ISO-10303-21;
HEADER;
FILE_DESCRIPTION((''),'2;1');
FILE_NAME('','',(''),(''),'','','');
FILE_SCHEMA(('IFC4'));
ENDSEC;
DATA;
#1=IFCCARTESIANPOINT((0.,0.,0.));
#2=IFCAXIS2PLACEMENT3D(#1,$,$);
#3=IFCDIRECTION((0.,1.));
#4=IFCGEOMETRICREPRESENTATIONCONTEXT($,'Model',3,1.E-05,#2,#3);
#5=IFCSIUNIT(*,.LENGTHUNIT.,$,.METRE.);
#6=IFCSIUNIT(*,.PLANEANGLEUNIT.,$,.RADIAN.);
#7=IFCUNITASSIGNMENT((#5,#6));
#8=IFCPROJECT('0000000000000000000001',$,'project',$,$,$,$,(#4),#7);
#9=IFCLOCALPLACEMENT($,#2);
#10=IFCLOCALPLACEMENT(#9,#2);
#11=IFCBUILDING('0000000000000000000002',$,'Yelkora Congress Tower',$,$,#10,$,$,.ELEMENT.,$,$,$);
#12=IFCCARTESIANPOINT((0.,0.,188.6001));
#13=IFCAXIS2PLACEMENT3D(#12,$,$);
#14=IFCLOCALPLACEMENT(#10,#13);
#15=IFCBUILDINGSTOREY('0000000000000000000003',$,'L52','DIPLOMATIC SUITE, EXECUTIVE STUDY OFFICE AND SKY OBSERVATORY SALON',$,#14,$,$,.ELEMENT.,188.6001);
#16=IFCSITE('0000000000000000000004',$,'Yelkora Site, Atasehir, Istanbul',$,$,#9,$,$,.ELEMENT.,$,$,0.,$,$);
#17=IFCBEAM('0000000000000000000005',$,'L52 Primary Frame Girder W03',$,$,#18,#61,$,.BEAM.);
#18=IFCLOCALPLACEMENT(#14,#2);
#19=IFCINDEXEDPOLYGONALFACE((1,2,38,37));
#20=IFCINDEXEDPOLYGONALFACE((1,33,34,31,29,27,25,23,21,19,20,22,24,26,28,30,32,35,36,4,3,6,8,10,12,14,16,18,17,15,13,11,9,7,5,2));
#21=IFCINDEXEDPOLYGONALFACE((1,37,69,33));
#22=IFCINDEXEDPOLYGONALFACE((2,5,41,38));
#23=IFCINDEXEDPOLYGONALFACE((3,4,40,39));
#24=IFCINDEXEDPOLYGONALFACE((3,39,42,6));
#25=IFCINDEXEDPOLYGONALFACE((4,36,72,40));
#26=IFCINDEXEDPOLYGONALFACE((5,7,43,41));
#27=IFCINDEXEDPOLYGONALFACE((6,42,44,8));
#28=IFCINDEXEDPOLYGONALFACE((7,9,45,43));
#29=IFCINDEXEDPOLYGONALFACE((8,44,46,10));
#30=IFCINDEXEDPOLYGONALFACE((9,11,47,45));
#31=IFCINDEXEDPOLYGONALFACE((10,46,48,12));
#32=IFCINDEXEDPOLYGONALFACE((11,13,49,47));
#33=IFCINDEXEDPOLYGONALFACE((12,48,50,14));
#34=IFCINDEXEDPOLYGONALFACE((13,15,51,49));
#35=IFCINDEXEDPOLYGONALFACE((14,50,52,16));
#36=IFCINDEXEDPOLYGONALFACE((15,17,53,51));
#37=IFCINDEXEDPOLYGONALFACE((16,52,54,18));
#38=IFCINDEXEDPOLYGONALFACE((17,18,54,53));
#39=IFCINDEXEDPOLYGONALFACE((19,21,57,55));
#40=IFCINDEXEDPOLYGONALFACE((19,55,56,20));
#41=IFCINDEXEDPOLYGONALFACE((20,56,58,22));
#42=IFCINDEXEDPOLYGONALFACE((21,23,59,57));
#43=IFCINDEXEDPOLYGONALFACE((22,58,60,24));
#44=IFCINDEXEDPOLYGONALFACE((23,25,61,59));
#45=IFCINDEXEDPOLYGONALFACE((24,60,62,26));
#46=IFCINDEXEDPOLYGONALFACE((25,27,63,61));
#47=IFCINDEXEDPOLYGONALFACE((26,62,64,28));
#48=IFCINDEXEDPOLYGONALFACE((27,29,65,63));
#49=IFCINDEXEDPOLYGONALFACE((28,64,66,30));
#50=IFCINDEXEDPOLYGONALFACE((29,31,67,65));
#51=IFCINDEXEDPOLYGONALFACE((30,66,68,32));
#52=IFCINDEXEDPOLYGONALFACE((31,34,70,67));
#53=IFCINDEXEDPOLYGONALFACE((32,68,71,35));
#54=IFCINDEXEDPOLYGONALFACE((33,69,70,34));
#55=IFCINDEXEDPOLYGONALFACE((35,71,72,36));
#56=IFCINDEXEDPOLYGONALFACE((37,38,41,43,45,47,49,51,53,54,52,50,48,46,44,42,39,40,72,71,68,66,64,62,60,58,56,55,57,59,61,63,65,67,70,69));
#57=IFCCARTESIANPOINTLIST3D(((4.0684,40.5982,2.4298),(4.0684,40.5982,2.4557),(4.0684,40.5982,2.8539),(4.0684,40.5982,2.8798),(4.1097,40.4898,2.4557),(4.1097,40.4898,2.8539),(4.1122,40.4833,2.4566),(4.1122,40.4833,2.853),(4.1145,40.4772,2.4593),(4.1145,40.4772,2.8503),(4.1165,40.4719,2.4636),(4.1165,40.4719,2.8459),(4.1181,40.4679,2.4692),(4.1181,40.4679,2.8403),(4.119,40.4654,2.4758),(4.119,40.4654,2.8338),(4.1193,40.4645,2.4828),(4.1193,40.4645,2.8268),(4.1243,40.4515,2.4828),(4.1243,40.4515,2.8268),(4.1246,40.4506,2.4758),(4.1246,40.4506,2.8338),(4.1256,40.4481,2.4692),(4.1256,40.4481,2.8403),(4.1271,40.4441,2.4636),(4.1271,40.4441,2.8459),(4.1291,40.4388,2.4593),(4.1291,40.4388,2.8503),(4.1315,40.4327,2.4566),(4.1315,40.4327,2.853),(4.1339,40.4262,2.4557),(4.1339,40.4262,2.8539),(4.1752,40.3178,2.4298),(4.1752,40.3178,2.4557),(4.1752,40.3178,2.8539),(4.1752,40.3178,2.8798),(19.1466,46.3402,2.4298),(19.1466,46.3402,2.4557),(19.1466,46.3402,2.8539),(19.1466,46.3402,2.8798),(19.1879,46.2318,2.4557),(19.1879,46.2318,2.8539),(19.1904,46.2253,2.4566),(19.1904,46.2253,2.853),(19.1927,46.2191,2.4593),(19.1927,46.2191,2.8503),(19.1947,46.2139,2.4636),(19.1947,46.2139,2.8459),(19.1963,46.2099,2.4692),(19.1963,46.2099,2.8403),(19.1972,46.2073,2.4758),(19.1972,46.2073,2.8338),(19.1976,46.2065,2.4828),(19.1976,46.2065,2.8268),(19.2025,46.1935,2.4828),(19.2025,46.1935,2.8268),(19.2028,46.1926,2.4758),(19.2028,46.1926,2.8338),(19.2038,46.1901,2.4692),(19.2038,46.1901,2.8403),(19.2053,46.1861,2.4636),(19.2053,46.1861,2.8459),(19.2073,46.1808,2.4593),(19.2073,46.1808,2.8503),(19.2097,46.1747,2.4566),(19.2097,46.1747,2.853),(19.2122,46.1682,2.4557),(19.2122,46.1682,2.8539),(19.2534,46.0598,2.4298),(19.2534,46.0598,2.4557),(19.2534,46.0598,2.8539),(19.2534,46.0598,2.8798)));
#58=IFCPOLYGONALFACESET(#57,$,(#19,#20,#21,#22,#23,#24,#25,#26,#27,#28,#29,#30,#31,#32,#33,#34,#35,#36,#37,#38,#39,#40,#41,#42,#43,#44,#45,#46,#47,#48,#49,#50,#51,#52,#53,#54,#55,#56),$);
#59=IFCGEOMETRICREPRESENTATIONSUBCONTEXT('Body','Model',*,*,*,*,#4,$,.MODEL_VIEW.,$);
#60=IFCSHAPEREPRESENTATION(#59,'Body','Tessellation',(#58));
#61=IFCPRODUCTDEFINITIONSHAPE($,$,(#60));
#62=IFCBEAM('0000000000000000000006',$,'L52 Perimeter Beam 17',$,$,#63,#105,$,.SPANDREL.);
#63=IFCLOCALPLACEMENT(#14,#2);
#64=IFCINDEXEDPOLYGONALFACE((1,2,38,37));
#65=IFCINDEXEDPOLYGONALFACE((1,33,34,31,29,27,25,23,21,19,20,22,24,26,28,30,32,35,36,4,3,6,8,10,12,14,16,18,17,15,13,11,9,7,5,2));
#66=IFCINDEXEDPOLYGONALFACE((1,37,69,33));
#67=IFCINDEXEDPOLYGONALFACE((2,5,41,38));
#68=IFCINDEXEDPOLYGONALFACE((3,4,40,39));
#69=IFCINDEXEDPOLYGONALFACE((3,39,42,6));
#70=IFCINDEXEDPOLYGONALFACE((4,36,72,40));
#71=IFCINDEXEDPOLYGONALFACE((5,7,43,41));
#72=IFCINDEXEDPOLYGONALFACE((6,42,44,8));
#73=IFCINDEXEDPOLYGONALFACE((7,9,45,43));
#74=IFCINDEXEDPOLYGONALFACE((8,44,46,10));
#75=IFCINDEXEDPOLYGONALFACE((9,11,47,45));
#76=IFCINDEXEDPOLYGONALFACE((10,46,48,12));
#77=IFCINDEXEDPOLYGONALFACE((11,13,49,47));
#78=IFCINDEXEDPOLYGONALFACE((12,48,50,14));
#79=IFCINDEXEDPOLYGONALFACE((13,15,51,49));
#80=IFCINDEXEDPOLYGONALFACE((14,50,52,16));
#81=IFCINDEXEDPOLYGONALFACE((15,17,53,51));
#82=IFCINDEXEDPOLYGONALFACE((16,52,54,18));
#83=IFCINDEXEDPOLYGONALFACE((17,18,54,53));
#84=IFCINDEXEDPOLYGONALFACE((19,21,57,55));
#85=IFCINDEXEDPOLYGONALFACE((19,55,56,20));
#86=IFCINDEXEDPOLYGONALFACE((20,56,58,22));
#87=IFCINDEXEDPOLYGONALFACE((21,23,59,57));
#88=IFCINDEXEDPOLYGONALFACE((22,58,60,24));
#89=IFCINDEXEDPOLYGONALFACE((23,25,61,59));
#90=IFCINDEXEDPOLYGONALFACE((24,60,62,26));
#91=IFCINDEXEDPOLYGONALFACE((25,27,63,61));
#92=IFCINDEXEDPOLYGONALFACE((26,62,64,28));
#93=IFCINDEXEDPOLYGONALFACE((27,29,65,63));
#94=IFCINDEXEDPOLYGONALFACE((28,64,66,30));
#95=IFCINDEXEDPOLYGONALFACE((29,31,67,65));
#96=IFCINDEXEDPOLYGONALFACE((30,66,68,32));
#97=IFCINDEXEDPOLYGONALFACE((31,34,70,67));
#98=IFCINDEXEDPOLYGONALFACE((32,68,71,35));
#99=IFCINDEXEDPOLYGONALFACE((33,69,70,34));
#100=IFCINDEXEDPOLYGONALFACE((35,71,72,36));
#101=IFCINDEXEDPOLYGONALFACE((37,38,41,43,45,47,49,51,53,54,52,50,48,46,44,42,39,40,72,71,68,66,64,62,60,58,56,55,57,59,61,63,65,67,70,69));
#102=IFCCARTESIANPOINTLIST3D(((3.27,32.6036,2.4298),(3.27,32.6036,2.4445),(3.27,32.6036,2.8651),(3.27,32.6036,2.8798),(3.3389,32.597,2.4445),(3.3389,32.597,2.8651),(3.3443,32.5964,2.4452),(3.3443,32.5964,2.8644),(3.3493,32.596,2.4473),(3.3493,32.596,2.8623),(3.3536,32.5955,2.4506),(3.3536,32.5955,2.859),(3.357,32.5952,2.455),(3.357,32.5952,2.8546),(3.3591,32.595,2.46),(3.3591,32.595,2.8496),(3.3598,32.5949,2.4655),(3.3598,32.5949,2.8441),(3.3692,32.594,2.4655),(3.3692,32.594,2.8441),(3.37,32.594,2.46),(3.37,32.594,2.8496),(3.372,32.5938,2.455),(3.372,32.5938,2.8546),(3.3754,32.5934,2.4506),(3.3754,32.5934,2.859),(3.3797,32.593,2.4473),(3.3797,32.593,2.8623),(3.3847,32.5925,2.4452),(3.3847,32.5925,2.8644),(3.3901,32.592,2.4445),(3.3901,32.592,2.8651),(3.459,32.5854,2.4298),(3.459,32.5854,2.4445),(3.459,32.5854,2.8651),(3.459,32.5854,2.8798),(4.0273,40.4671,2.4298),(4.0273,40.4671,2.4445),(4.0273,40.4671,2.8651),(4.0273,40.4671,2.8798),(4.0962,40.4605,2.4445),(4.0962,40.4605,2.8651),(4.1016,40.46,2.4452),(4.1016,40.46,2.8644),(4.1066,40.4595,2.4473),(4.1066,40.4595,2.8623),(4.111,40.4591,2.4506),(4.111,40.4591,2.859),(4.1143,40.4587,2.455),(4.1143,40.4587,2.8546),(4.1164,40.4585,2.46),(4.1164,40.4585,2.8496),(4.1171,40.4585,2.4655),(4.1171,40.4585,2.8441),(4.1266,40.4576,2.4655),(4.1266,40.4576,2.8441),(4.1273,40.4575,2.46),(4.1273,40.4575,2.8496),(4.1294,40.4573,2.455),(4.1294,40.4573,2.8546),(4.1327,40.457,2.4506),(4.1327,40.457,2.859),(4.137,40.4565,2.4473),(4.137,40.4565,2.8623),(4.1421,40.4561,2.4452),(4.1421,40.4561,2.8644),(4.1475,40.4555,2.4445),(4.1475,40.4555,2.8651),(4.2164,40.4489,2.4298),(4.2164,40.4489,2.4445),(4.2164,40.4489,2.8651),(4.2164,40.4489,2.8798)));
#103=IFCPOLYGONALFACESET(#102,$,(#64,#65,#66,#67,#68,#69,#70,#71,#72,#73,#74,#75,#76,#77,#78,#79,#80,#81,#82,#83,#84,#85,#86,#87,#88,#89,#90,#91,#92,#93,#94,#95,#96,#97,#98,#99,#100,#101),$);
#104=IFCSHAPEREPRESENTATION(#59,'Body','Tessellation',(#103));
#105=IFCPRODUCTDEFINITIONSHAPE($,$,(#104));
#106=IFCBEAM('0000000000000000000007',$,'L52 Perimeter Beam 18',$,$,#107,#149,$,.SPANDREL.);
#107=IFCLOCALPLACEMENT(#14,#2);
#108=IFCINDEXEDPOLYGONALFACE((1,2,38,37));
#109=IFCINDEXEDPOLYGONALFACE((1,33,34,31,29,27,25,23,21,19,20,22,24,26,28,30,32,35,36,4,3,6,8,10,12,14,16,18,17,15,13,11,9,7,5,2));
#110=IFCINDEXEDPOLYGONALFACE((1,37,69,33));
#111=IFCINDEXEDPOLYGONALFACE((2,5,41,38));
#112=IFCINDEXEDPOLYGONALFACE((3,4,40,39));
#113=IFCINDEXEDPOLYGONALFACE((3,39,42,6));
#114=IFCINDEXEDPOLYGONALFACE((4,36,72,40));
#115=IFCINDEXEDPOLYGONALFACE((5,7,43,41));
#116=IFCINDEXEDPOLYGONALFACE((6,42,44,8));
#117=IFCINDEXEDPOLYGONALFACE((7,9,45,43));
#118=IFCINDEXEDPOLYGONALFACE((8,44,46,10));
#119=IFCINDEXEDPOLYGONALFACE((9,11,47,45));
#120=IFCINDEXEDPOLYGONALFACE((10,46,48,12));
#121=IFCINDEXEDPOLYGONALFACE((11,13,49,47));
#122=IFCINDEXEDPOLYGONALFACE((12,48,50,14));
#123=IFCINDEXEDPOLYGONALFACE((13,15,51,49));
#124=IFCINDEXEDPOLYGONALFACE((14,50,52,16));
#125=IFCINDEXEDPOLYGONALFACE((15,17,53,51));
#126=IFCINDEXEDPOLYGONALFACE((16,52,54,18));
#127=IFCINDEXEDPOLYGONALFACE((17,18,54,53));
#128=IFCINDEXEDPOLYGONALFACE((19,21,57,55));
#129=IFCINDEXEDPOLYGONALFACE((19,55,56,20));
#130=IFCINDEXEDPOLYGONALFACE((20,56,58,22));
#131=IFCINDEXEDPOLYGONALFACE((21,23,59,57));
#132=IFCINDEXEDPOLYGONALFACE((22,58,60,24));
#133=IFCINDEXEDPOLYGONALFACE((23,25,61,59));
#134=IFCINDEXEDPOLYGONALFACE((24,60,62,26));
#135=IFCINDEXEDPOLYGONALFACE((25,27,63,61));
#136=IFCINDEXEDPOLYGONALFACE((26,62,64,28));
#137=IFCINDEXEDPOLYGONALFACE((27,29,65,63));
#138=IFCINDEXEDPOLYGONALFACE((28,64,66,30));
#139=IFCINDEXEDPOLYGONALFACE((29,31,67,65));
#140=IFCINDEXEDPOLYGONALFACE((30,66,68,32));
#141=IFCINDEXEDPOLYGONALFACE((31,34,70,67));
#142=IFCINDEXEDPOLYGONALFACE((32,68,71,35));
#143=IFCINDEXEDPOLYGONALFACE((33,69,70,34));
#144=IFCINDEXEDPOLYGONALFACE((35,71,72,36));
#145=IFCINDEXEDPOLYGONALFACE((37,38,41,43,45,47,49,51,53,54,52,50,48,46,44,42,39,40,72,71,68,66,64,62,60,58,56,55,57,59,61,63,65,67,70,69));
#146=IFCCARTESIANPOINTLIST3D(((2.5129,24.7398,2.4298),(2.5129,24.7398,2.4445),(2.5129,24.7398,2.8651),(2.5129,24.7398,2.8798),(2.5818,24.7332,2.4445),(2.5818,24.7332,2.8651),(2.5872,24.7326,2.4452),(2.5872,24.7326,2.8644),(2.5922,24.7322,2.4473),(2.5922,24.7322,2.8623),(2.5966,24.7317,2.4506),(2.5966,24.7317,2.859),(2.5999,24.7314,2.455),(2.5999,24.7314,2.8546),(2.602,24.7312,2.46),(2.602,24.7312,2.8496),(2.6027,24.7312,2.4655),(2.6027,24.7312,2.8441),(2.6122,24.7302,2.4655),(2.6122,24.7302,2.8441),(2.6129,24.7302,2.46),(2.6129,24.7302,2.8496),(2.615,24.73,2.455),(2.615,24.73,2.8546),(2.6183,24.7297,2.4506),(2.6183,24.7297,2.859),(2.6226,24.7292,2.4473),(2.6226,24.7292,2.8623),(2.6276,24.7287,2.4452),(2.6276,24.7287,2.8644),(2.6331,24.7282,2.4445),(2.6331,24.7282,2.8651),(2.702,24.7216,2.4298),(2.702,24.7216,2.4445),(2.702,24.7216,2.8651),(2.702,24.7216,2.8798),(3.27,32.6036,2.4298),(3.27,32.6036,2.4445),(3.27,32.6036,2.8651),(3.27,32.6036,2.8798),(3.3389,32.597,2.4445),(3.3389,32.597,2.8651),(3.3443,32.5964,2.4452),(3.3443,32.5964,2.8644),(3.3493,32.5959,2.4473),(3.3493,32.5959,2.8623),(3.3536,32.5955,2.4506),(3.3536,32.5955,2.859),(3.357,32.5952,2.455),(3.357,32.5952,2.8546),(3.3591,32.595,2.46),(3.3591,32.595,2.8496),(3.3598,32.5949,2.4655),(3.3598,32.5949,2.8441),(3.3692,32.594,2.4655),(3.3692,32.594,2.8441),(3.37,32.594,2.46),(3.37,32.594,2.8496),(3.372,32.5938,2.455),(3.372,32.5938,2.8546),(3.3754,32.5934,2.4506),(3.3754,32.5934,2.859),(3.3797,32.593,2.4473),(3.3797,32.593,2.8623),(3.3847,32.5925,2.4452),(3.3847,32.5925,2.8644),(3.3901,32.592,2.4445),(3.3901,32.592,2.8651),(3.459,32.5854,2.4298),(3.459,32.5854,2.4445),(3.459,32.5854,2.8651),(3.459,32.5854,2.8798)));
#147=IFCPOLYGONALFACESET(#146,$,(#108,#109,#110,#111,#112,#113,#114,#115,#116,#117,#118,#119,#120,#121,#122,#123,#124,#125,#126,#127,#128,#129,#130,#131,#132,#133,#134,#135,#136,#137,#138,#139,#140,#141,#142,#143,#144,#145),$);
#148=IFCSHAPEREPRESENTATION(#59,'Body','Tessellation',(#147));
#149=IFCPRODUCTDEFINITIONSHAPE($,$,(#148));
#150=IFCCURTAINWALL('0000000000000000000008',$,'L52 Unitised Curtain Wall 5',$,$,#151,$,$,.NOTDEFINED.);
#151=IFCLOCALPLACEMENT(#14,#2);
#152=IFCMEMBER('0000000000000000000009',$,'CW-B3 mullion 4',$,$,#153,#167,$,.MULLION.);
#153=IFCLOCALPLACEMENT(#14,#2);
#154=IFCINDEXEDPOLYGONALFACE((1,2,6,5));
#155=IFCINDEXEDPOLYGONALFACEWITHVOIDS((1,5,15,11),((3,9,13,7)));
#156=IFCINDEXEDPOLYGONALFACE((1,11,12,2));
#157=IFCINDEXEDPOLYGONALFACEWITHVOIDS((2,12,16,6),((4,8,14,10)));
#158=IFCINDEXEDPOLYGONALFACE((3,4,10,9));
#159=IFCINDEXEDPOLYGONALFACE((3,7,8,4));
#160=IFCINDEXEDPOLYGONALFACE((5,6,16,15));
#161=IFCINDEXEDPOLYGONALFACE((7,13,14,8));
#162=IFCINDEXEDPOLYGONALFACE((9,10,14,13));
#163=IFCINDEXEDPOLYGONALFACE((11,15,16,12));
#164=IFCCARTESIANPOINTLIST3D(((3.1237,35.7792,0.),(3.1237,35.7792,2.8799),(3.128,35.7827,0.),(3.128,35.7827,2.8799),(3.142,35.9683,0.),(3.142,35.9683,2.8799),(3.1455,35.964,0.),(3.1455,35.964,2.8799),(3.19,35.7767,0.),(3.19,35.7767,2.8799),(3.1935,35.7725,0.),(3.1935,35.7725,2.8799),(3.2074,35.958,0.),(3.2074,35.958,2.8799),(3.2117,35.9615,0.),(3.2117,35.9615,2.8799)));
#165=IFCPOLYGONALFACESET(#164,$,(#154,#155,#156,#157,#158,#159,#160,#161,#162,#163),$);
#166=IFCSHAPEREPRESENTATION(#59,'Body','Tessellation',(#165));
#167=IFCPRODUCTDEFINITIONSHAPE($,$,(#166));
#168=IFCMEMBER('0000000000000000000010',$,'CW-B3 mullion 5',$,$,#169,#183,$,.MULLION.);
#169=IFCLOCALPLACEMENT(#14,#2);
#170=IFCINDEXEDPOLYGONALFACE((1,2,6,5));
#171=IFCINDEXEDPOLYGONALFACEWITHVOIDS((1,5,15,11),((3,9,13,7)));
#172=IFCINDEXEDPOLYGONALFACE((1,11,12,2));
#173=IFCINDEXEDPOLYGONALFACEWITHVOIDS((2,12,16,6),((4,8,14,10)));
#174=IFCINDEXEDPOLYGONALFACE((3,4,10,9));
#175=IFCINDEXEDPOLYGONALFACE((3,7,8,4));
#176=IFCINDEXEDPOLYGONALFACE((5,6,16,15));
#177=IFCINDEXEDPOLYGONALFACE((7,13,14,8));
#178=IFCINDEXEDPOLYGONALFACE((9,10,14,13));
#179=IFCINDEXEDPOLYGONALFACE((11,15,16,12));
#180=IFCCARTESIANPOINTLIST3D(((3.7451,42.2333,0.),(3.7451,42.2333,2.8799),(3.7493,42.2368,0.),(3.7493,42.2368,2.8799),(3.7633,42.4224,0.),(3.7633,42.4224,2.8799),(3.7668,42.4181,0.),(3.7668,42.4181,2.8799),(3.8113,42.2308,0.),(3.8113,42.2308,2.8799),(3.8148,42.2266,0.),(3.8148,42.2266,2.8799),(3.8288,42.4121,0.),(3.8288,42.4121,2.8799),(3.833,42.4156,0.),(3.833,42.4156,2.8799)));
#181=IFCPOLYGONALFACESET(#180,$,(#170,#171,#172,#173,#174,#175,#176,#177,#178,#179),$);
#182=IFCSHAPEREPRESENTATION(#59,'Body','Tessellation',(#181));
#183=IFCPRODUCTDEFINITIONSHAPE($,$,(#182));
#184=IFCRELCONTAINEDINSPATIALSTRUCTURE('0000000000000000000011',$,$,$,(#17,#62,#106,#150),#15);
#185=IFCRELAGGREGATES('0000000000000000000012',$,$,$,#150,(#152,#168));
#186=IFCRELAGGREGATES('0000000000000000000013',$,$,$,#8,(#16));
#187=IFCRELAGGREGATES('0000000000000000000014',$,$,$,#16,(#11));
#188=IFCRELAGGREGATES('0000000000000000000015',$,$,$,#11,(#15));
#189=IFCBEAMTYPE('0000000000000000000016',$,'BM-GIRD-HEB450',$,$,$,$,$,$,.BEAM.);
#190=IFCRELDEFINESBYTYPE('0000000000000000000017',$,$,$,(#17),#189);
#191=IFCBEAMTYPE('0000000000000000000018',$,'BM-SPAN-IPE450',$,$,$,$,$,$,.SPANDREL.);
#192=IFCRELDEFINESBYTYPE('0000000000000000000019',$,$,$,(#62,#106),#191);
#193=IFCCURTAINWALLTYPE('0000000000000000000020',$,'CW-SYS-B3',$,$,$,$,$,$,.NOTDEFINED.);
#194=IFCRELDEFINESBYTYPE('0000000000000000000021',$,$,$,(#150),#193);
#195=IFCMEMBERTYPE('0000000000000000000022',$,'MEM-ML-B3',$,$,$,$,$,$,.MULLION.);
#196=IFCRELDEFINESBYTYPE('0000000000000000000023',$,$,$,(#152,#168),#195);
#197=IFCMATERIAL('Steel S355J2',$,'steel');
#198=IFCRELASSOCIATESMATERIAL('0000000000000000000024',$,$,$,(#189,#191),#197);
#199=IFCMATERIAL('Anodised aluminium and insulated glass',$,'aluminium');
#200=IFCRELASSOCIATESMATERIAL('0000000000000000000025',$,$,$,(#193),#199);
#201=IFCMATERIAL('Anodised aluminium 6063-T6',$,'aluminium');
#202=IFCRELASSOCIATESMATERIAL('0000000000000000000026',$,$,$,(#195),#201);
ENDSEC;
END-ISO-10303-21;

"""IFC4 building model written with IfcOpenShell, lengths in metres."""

from ifc_helpers import new_model, si_unit, direction, frame, origin, origin_2d, place, context, subcontext, project, spatial, hollow_rectangle, i_section, extrude, material, material_profile, profile_set, type_object, element, aggregate, save


model = new_model("IFC4")

# Units and contexts
model_context = context("Model", 3, precision=1e-05, world=origin(), true_north=direction((0.0, 1.0)))
body_context = subcontext(model_context, "Body", "Model", "MODEL_VIEW")
ifc_project = project(units=[si_unit("LENGTHUNIT", "METRE"), si_unit("PLANEANGLEUNIT", "RADIAN")], contexts=[model_context])

# Site, building, storey
site_placement = place(None, origin())
site = spatial("IfcSite", under=ifc_project, at=site_placement, Name="Yelkora Site, Atasehir, Istanbul", CompositionType="ELEMENT", RefElevation=0.0)
building_placement = place(site_placement, origin())
building = spatial("IfcBuilding", under=site, at=building_placement, Name="Yelkora Congress Tower", CompositionType="ELEMENT")
storey_placement = place(building_placement, frame((0.0, 0.0, 188.6001)))
storey = spatial("IfcBuildingStorey", under=building, at=storey_placement, Name="L52", Description="DIPLOMATIC SUITE, EXECUTIVE STUDY OFFICE AND SKY OBSERVATORY SALON", CompositionType="ELEMENT", Elevation=188.6001)

# Beams
ifc_material_1 = material(Name="Steel S355J2", Category="steel")
ifc_material_profile_1 = material_profile(ifc_material_1, i_section(OverallWidth=0.3, OverallDepth=0.45, WebThickness=0.0139, FlangeThickness=0.0259, FilletRadius=0.0271, at=origin_2d()), Name="HEB 450")
ifc_profile_set_1 = profile_set([ifc_material_profile_1], Name="Steel S355J2")
beam_type_1 = type_object("IfcBeamType", Name="BM-GIRD-HEB450", PredefinedType="BEAM", material=ifc_profile_set_1)
beam_1_placement = place(storey_placement, frame((4.1218, 40.458, 2.6548), z_axis=(0.934531, 0.355881, 0.0), x_axis=(-0.355881, 0.934531, 0.0)))
element("IfcBeam", 1, at=beam_1_placement, inside=storey, type_object=beam_type_1, Name="L52 Primary Frame Girder W03", PredefinedType="BEAM", context=body_context, shape_type="SweptSolid", body=[
    extrude(i_section(OverallWidth=0.3, OverallDepth=0.45, WebThickness=0.0139, FlangeThickness=0.0259, FilletRadius=0.0271, at=origin_2d()), origin(), (0.0, 0.0, 1.0), 16.1345),
])
ifc_material_profile_2 = material_profile(ifc_material_1, i_section(OverallWidth=0.1899, OverallDepth=0.45, WebThickness=0.0095, FlangeThickness=0.0146, FilletRadius=0.021, at=origin_2d()), Name="IPE 450")
ifc_profile_set_2 = profile_set([ifc_material_profile_2], Name="Steel S355J2")
beam_type_2 = type_object("IfcBeamType", Name="BM-SPAN-IPE450", PredefinedType="SPANDREL", material=ifc_profile_set_2)
beam_2_placement = place(storey_placement, frame((4.1218, 40.458, 2.6548), z_axis=(-0.095865, -0.995394, 0.0), x_axis=(0.995394, -0.095865, 0.0)))
element("IfcBeam", 2, at=beam_2_placement, inside=storey, type_object=beam_type_2, Name="L52 Perimeter Beam 17", PredefinedType="SPANDREL", context=body_context, shape_type="SweptSolid", body=[
    extrude(i_section(OverallWidth=0.1899, OverallDepth=0.45, WebThickness=0.0095, FlangeThickness=0.0146, FilletRadius=0.021, at=origin_2d()), origin(), (0.0, 0.0, 1.0), 7.8999),
])
beam_3_placement = place(storey_placement, frame((3.3645, 32.5945, 2.6548), z_axis=(-0.095831, -0.995398, 0.0), x_axis=(0.995398, -0.095831, 0.0)))
element("IfcBeam", 3, at=beam_3_placement, inside=storey, type_object=beam_type_2, Name="L52 Perimeter Beam 18", PredefinedType="SPANDREL", context=body_context, shape_type="SweptSolid", body=[
    extrude(i_section(OverallWidth=0.1899, OverallDepth=0.45, WebThickness=0.0095, FlangeThickness=0.0146, FilletRadius=0.021, at=origin_2d()), origin(), (0.0, 0.0, 1.0), 7.9001),
])

# Curtain wall, members
ifc_material_2 = material(Name="Anodised aluminium and insulated glass", Category="aluminium")
curtain_wall_type = type_object("IfcCurtainWallType", Name="CW-SYS-B3", PredefinedType="NOTDEFINED", material=ifc_material_2)
curtain_wall_placement = place(storey_placement, origin())
curtain_wall = element("IfcCurtainWall", 4, at=curtain_wall_placement, inside=storey, type_object=curtain_wall_type, Name="L52 Unitised Curtain Wall 5", PredefinedType="NOTDEFINED")
ifc_material_3 = material(Name="Anodised aluminium 6063-T6", Category="aluminium")
ifc_material_profile_3 = material_profile(ifc_material_3, hollow_rectangle(XDim=0.0701, YDim=0.1899, WallThickness=0.0039, at=origin_2d()), Name="ALU 70x190x4")
ifc_profile_set_3 = profile_set([ifc_material_profile_3], Name="Anodised aluminium 6063-T6")
member_type_1 = type_object("IfcMemberType", Name="MEM-ML-B3", PredefinedType="MULLION", material=ifc_profile_set_3)
member_1_placement = place(storey_placement, frame((3.1677, 35.8704, 0.0), z_axis=(0.0, 0.0, 1.0), x_axis=(-0.995396, 0.095845, 0.0)))
member_1 = element("IfcMember", 5, at=member_1_placement, type_object=member_type_1, Name="CW-B3 mullion 4", PredefinedType="MULLION", context=body_context, shape_type="SweptSolid", body=[
    extrude(hollow_rectangle(XDim=0.0701, YDim=0.1899, WallThickness=0.0039, at=origin_2d()), origin(), (0.0, 0.0, 1.0), 2.8799),
])
member_2_placement = place(storey_placement, frame((3.7891, 42.3245, 0.0), z_axis=(0.0, 0.0, 1.0), x_axis=(-0.995396, 0.095845, 0.0)))
member_2 = element("IfcMember", 6, at=member_2_placement, type_object=member_type_1, Name="CW-B3 mullion 5", PredefinedType="MULLION", context=body_context, shape_type="SweptSolid", body=[
    extrude(hollow_rectangle(XDim=0.0701, YDim=0.1899, WallThickness=0.0039, at=origin_2d()), origin(), (0.0, 0.0, 1.0), 2.8799),
])
aggregate(curtain_wall, [member_1, member_2])

save(model, "model.ifc")
